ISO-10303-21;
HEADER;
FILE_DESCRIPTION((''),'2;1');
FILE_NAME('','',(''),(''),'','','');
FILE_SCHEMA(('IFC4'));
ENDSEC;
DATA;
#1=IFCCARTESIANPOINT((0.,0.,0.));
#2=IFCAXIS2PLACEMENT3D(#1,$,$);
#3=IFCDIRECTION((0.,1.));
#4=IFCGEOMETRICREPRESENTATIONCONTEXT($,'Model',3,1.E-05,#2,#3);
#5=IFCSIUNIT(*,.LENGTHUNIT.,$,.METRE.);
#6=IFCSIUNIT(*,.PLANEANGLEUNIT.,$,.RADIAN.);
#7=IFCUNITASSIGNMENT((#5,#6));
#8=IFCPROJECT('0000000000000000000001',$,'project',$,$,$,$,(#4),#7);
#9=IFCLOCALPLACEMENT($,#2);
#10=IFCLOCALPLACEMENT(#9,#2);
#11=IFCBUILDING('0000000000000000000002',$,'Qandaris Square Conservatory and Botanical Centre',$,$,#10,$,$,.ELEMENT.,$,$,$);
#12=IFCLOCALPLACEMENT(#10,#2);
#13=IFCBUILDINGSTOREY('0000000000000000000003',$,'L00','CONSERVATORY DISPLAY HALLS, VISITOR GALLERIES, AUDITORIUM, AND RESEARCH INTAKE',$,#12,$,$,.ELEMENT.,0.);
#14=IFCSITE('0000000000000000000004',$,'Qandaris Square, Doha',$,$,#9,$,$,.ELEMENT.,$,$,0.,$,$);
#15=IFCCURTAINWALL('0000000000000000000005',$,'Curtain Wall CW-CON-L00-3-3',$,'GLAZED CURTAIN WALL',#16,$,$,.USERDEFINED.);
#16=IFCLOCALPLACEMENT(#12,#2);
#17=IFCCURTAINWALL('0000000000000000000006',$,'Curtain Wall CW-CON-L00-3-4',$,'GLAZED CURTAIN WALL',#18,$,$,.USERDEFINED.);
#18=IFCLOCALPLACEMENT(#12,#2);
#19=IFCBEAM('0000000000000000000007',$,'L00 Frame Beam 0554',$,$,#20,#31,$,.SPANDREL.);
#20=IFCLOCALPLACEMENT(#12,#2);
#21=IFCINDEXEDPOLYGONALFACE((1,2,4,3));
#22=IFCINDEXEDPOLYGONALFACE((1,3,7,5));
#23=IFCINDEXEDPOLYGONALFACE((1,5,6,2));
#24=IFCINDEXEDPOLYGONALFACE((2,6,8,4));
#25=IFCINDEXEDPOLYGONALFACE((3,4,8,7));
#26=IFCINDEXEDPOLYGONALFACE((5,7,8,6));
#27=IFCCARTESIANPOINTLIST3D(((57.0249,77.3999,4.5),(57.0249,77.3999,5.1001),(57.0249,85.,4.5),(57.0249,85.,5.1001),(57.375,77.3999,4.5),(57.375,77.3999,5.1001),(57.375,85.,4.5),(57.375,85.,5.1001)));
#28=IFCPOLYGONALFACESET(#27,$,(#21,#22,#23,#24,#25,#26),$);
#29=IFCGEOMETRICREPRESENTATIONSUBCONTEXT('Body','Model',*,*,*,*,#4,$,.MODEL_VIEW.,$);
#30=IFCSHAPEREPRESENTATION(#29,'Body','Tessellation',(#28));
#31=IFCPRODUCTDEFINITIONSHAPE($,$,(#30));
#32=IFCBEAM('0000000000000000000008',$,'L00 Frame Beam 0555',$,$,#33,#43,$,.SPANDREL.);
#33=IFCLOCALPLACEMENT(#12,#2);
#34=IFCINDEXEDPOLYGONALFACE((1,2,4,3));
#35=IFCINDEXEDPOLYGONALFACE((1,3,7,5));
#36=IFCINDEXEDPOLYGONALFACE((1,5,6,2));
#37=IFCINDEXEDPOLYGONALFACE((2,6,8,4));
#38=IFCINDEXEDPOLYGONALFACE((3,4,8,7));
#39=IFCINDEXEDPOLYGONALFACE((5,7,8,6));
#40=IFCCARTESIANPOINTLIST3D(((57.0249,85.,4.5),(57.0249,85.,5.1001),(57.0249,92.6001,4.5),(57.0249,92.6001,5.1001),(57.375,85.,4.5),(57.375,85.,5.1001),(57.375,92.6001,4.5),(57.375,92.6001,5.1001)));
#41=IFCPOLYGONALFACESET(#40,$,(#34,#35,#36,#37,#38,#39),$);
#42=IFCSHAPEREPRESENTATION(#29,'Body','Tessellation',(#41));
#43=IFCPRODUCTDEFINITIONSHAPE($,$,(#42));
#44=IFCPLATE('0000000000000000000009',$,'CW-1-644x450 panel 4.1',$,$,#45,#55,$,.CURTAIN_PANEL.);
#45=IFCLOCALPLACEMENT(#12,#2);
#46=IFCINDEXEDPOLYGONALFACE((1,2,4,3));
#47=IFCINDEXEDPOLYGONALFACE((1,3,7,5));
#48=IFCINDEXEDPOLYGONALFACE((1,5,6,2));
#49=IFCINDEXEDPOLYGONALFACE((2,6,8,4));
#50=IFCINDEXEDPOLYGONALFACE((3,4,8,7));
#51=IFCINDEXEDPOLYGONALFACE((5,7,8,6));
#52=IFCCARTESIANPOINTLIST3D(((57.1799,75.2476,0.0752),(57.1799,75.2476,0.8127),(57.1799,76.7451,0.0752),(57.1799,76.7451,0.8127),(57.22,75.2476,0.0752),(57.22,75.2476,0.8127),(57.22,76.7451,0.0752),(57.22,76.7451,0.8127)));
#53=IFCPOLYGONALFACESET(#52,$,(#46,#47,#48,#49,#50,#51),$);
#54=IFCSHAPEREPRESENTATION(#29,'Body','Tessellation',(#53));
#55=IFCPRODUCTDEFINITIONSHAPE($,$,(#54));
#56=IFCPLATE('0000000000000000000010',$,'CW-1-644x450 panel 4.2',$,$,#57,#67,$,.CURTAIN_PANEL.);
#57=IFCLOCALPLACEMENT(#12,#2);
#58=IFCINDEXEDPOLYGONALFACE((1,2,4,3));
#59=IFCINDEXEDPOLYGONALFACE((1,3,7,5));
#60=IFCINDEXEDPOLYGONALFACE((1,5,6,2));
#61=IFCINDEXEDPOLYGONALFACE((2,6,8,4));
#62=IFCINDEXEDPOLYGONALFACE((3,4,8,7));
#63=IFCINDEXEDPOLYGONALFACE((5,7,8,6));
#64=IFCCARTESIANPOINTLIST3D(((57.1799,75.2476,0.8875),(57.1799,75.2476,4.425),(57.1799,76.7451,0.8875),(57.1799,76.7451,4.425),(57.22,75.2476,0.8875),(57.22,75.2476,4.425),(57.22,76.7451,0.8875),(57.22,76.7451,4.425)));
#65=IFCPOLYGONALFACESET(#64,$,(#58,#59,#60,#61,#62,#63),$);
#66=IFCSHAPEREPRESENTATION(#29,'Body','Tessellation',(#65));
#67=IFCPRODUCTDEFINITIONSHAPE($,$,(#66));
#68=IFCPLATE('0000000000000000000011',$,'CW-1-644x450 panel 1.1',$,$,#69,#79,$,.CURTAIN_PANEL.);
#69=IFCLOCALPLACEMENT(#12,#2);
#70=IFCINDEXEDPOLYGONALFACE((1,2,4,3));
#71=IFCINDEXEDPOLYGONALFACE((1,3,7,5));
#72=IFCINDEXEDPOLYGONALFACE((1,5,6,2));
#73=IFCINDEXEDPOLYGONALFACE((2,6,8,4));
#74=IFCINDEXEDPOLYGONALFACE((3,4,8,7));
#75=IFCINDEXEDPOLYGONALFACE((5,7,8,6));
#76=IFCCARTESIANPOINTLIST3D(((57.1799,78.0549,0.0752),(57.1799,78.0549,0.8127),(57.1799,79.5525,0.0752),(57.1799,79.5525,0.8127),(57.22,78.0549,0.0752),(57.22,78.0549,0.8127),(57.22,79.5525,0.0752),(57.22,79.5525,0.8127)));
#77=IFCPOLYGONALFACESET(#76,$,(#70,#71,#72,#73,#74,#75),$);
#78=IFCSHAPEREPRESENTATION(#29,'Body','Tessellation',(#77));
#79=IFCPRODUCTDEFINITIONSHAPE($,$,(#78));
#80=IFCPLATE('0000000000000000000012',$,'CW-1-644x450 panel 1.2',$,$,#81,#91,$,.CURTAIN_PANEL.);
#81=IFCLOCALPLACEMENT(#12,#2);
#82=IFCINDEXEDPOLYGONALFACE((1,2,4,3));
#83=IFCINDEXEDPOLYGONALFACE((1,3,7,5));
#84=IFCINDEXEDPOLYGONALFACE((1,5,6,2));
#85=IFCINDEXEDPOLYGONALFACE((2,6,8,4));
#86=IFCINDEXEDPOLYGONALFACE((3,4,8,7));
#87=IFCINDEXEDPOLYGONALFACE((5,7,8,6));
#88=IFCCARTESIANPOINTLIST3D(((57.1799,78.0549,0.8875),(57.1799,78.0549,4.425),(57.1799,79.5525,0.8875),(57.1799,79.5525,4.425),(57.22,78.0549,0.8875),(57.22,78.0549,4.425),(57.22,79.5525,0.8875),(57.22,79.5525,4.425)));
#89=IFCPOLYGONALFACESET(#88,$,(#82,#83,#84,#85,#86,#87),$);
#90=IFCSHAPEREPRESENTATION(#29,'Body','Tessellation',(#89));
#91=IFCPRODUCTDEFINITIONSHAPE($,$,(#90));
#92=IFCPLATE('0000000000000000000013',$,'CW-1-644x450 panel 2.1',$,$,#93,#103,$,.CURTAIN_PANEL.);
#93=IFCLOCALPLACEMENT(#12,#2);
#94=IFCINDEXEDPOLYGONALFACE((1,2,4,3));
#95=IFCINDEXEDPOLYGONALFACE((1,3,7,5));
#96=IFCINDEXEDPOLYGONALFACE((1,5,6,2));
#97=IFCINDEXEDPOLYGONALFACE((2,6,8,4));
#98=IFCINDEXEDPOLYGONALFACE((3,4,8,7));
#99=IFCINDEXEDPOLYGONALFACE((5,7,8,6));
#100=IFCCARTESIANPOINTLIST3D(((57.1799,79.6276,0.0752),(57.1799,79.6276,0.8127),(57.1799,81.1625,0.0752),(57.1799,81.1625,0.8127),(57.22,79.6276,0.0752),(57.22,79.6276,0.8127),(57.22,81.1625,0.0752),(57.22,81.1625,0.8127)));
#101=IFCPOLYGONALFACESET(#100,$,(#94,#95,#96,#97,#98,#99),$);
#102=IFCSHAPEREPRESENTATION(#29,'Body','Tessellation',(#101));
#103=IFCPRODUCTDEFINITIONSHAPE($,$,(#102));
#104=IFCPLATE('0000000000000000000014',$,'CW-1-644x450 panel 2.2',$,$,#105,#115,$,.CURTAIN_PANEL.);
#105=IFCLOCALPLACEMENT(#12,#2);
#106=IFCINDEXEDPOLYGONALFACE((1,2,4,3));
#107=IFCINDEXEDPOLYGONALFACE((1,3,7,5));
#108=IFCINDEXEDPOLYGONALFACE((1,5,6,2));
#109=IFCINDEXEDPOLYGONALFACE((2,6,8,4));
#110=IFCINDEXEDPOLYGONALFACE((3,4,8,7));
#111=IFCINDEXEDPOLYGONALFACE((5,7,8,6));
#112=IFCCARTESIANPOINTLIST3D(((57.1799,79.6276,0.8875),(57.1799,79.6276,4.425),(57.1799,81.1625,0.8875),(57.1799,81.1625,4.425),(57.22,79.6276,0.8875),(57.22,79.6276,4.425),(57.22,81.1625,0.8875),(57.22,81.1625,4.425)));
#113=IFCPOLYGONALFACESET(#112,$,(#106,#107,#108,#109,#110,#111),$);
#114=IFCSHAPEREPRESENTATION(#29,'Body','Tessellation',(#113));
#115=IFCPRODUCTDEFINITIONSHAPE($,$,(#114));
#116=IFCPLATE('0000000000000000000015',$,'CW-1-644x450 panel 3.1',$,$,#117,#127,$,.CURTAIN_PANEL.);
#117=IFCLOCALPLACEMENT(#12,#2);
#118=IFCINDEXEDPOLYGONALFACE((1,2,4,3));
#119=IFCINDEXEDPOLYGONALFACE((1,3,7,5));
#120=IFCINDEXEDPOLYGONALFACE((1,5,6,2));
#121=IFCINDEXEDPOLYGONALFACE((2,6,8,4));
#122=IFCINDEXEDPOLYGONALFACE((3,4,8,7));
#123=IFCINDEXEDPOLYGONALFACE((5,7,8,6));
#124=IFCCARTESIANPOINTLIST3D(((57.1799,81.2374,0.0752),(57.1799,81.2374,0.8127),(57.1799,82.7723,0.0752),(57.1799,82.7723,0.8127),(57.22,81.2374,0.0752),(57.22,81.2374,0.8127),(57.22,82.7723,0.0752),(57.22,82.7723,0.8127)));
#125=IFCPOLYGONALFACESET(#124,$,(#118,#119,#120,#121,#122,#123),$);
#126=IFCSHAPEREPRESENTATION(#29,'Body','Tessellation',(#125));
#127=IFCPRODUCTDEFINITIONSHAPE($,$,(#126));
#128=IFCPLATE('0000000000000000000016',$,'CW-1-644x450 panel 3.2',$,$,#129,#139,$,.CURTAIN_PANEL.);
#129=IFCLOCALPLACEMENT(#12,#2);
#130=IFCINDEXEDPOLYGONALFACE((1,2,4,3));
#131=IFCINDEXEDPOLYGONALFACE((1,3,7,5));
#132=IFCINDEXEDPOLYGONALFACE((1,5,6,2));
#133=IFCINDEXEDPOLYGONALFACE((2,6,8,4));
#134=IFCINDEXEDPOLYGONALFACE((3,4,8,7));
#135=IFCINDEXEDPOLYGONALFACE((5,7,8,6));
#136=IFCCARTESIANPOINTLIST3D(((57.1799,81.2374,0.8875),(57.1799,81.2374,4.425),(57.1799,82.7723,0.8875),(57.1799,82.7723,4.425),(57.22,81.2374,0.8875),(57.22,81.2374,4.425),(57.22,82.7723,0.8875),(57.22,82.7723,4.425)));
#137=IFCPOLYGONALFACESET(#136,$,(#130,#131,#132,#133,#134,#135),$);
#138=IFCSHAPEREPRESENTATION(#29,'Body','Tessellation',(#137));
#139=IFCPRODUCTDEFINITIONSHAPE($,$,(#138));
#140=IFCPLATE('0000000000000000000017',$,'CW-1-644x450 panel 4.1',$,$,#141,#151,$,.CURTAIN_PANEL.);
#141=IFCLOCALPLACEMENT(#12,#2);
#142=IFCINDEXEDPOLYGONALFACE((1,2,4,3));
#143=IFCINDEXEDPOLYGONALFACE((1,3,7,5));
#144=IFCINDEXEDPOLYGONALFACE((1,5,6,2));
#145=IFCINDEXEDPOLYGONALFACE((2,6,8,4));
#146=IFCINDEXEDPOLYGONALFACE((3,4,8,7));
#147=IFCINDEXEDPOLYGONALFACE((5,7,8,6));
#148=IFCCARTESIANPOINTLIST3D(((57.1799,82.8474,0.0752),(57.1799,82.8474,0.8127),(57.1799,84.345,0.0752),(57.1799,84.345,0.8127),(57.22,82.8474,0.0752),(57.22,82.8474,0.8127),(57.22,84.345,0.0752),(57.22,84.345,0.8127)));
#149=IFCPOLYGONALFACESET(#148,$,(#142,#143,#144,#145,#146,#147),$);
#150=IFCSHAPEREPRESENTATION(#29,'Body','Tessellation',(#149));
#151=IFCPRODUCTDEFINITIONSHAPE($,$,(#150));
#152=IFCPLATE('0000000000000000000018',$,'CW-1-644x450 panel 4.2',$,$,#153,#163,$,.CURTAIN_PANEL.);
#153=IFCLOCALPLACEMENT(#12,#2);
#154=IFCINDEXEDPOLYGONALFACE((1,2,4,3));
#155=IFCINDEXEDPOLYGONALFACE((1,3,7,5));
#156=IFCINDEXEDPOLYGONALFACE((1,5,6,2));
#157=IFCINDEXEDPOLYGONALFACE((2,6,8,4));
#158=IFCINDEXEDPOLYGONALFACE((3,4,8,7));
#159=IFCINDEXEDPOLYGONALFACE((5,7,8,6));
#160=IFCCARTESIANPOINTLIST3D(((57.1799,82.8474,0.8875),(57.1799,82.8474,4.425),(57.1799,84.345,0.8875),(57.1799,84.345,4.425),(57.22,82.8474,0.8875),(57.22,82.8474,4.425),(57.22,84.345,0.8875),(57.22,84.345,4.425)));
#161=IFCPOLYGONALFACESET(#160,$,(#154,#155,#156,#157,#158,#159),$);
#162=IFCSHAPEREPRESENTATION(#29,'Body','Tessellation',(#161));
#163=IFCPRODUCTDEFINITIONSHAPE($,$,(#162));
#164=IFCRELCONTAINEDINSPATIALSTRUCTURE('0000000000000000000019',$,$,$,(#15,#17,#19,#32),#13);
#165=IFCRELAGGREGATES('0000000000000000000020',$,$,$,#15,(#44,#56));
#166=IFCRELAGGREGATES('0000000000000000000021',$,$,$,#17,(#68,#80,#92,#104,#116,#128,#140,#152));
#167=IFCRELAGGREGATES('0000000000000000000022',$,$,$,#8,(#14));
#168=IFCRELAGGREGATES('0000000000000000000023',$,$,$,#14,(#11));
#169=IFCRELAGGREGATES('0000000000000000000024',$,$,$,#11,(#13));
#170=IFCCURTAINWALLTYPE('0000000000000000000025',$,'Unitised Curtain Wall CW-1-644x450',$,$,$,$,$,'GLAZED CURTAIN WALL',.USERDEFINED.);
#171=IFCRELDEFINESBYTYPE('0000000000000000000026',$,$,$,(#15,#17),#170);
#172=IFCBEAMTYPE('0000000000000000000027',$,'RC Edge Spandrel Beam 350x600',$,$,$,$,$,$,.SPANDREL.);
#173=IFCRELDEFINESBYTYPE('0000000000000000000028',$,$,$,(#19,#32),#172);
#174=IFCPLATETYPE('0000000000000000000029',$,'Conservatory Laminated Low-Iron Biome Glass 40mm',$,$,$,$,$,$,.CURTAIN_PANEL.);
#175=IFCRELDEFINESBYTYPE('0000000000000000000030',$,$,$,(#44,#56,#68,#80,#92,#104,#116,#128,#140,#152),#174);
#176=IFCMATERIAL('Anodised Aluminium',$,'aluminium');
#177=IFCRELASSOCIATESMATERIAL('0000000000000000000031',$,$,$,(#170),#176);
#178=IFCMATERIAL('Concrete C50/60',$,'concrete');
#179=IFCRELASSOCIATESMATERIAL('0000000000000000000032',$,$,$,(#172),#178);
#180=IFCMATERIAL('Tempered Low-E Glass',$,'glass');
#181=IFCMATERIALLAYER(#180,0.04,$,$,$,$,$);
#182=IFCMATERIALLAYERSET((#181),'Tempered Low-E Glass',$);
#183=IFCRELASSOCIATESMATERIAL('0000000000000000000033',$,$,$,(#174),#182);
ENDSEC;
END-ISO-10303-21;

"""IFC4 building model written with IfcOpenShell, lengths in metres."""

from ifc_helpers import new_model, si_unit, direction, frame, origin, origin_2d, place, context, subcontext, project, spatial, rectangle, extrude, material, layer, layer_set, material_profile, profile_set, type_object, element, aggregate, save


model = new_model("IFC4")

# Units and contexts
model_context = context("Model", 3, precision=1e-05, world=origin(), true_north=direction((0.0, 1.0)))
body_context = subcontext(model_context, "Body", "Model", "MODEL_VIEW")
ifc_project = project(units=[si_unit("LENGTHUNIT", "METRE"), si_unit("PLANEANGLEUNIT", "RADIAN")], contexts=[model_context])

# Site, building, storey
site_placement = place(None, origin())
site = spatial("IfcSite", under=ifc_project, at=site_placement, Name="Qandaris Square, Doha", CompositionType="ELEMENT", RefElevation=0.0)
building_placement = place(site_placement, origin())
building = spatial("IfcBuilding", under=site, at=building_placement, Name="Qandaris Square Conservatory and Botanical Centre", CompositionType="ELEMENT")
storey_placement = place(building_placement, origin())
storey = spatial("IfcBuildingStorey", under=building, at=storey_placement, Name="L00", Description="CONSERVATORY DISPLAY HALLS, VISITOR GALLERIES, AUDITORIUM, AND RESEARCH INTAKE", CompositionType="ELEMENT", Elevation=0.0)

# Shared definitions
ifc_material_1 = material(Name="Concrete C50/60", Category="concrete")

# Curtain walls
ifc_material_2 = material(Name="Anodised Aluminium", Category="aluminium")
curtain_wall_type = type_object("IfcCurtainWallType", Name="Unitised Curtain Wall CW-1-644x450", ElementType="GLAZED CURTAIN WALL", PredefinedType="USERDEFINED", material=ifc_material_2)
curtain_wall_1_placement = place(storey_placement, origin())
curtain_wall_1 = element("IfcCurtainWall", 1, at=curtain_wall_1_placement, inside=storey, type_object=curtain_wall_type, Name="Curtain Wall CW-CON-L00-3-3", ObjectType="GLAZED CURTAIN WALL", PredefinedType="USERDEFINED")
curtain_wall_2_placement = place(storey_placement, origin())
curtain_wall_2 = element("IfcCurtainWall", 2, at=curtain_wall_2_placement, inside=storey, type_object=curtain_wall_type, Name="Curtain Wall CW-CON-L00-3-4", ObjectType="GLAZED CURTAIN WALL", PredefinedType="USERDEFINED")

# Beams
ifc_material_profile_1 = material_profile(ifc_material_1, rectangle(XDim=0.3501, YDim=0.6001, at=origin_2d()), Name="RC-SP 350x600")
ifc_profile_set_1 = profile_set([ifc_material_profile_1], Name="Concrete C50/60")
beam_type = type_object("IfcBeamType", Name="RC Edge Spandrel Beam 350x600", PredefinedType="SPANDREL", material=ifc_profile_set_1)
for number, where, z_axis, x_axis, name in (
    (3, (57.2, 77.3999, 4.8), (0.0, 1.0, 0.0), (-1.0, 0.0, 0.0), "L00 Frame Beam 0554"),
    (4, (57.2, 85.0, 4.8), (0.0, 1.0, 0.0), (-1.0, 0.0, 0.0), "L00 Frame Beam 0555"),
):
    element("IfcBeam", number, at=place(storey_placement, frame(where, z_axis=z_axis, x_axis=x_axis)), inside=storey, type_object=beam_type, Name=name, PredefinedType="SPANDREL", context=body_context, shape_type="SweptSolid", body=[
        extrude(rectangle(XDim=0.3501, YDim=0.6001, at=origin_2d()), origin(), (0.0, 0.0, 1.0), 7.6001),
    ])

# Plates
ifc_material_3 = material(Name="Tempered Low-E Glass", Category="glass")
ifc_layer = layer(ifc_material_3, 0.04)
ifc_layer_set = layer_set([ifc_layer], Name="Tempered Low-E Glass")
plate_type = type_object("IfcPlateType", Name="Conservatory Laminated Low-Iron Biome Glass 40mm", PredefinedType="CURTAIN_PANEL", material=ifc_layer_set)
plate_1_placement = place(storey_placement, frame((57.2, 75.9963, 0.0752), z_axis=(0.0, 0.0, 1.0), x_axis=(0.0, 1.0, 0.0)))
plate_1 = element("IfcPlate", 5, at=plate_1_placement, type_object=plate_type, Name="CW-1-644x450 panel 4.1", PredefinedType="CURTAIN_PANEL", context=body_context, shape_type="SweptSolid", body=[
    extrude(rectangle(XDim=1.4976, YDim=0.04, at=origin_2d()), origin(), (0.0, 0.0, 1.0), 0.7375),
])
plate_2_placement = place(storey_placement, frame((57.2, 75.9963, 0.8875), z_axis=(0.0, 0.0, 1.0), x_axis=(0.0, 1.0, 0.0)))
plate_2 = element("IfcPlate", 6, at=plate_2_placement, type_object=plate_type, Name="CW-1-644x450 panel 4.2", PredefinedType="CURTAIN_PANEL", context=body_context, shape_type="SweptSolid", body=[
    extrude(rectangle(XDim=1.4976, YDim=0.04, at=origin_2d()), origin(), (0.0, 0.0, 1.0), 3.5376),
])
aggregate(curtain_wall_1, [plate_1, plate_2])
plate_3_placement = place(storey_placement, frame((57.2, 78.8037, 0.0752), z_axis=(0.0, 0.0, 1.0), x_axis=(0.0, 1.0, 0.0)))
plate_3 = element("IfcPlate", 7, at=plate_3_placement, type_object=plate_type, Name="CW-1-644x450 panel 1.1", PredefinedType="CURTAIN_PANEL", context=body_context, shape_type="SweptSolid", body=[
    extrude(rectangle(XDim=1.4976, YDim=0.04, at=origin_2d()), origin(), (0.0, 0.0, 1.0), 0.7375),
])
plate_4_placement = place(storey_placement, frame((57.2, 78.8037, 0.8875), z_axis=(0.0, 0.0, 1.0), x_axis=(0.0, 1.0, 0.0)))
plate_4 = element("IfcPlate", 8, at=plate_4_placement, type_object=plate_type, Name="CW-1-644x450 panel 1.2", PredefinedType="CURTAIN_PANEL", context=body_context, shape_type="SweptSolid", body=[
    extrude(rectangle(XDim=1.4976, YDim=0.04, at=origin_2d()), origin(), (0.0, 0.0, 1.0), 3.5376),
])
plate_5_placement = place(storey_placement, frame((57.2, 80.395, 0.0752), z_axis=(0.0, 0.0, 1.0), x_axis=(0.0, 1.0, 0.0)))
plate_5 = element("IfcPlate", 9, at=plate_5_placement, type_object=plate_type, Name="CW-1-644x450 panel 2.1", PredefinedType="CURTAIN_PANEL", context=body_context, shape_type="SweptSolid", body=[
    extrude(rectangle(XDim=1.5349, YDim=0.04, at=origin_2d()), origin(), (0.0, 0.0, 1.0), 0.7375),
])
plate_6_placement = place(storey_placement, frame((57.2, 80.395, 0.8875), z_axis=(0.0, 0.0, 1.0), x_axis=(0.0, 1.0, 0.0)))
plate_6 = element("IfcPlate", 10, at=plate_6_placement, type_object=plate_type, Name="CW-1-644x450 panel 2.2", PredefinedType="CURTAIN_PANEL", context=body_context, shape_type="SweptSolid", body=[
    extrude(rectangle(XDim=1.5349, YDim=0.04, at=origin_2d()), origin(), (0.0, 0.0, 1.0), 3.5376),
])
plate_7_placement = place(storey_placement, frame((57.2, 82.0049, 0.0752), z_axis=(0.0, 0.0, 1.0), x_axis=(0.0, 1.0, 0.0)))
plate_7 = element("IfcPlate", 11, at=plate_7_placement, type_object=plate_type, Name="CW-1-644x450 panel 3.1", PredefinedType="CURTAIN_PANEL", context=body_context, shape_type="SweptSolid", body=[
    extrude(rectangle(XDim=1.5349, YDim=0.04, at=origin_2d()), origin(), (0.0, 0.0, 1.0), 0.7375),
])
plate_8_placement = place(storey_placement, frame((57.2, 82.0049, 0.8875), z_axis=(0.0, 0.0, 1.0), x_axis=(0.0, 1.0, 0.0)))
plate_8 = element("IfcPlate", 12, at=plate_8_placement, type_object=plate_type, Name="CW-1-644x450 panel 3.2", PredefinedType="CURTAIN_PANEL", context=body_context, shape_type="SweptSolid", body=[
    extrude(rectangle(XDim=1.5349, YDim=0.04, at=origin_2d()), origin(), (0.0, 0.0, 1.0), 3.5376),
])
plate_9_placement = place(storey_placement, frame((57.2, 83.5962, 0.0752), z_axis=(0.0, 0.0, 1.0), x_axis=(0.0, 1.0, 0.0)))
plate_9 = element("IfcPlate", 13, at=plate_9_placement, type_object=plate_type, Name="CW-1-644x450 panel 4.1", PredefinedType="CURTAIN_PANEL", context=body_context, shape_type="SweptSolid", body=[
    extrude(rectangle(XDim=1.4976, YDim=0.04, at=origin_2d()), origin(), (0.0, 0.0, 1.0), 0.7375),
])
plate_10_placement = place(storey_placement, frame((57.2, 83.5962, 0.8875), z_axis=(0.0, 0.0, 1.0), x_axis=(0.0, 1.0, 0.0)))
plate_10 = element("IfcPlate", 14, at=plate_10_placement, type_object=plate_type, Name="CW-1-644x450 panel 4.2", PredefinedType="CURTAIN_PANEL", context=body_context, shape_type="SweptSolid", body=[
    extrude(rectangle(XDim=1.4976, YDim=0.04, at=origin_2d()), origin(), (0.0, 0.0, 1.0), 3.5376),
])
aggregate(curtain_wall_2, [plate_3, plate_4, plate_5, plate_6, plate_7, plate_8, plate_9, plate_10])

save(model, "model.ifc")
